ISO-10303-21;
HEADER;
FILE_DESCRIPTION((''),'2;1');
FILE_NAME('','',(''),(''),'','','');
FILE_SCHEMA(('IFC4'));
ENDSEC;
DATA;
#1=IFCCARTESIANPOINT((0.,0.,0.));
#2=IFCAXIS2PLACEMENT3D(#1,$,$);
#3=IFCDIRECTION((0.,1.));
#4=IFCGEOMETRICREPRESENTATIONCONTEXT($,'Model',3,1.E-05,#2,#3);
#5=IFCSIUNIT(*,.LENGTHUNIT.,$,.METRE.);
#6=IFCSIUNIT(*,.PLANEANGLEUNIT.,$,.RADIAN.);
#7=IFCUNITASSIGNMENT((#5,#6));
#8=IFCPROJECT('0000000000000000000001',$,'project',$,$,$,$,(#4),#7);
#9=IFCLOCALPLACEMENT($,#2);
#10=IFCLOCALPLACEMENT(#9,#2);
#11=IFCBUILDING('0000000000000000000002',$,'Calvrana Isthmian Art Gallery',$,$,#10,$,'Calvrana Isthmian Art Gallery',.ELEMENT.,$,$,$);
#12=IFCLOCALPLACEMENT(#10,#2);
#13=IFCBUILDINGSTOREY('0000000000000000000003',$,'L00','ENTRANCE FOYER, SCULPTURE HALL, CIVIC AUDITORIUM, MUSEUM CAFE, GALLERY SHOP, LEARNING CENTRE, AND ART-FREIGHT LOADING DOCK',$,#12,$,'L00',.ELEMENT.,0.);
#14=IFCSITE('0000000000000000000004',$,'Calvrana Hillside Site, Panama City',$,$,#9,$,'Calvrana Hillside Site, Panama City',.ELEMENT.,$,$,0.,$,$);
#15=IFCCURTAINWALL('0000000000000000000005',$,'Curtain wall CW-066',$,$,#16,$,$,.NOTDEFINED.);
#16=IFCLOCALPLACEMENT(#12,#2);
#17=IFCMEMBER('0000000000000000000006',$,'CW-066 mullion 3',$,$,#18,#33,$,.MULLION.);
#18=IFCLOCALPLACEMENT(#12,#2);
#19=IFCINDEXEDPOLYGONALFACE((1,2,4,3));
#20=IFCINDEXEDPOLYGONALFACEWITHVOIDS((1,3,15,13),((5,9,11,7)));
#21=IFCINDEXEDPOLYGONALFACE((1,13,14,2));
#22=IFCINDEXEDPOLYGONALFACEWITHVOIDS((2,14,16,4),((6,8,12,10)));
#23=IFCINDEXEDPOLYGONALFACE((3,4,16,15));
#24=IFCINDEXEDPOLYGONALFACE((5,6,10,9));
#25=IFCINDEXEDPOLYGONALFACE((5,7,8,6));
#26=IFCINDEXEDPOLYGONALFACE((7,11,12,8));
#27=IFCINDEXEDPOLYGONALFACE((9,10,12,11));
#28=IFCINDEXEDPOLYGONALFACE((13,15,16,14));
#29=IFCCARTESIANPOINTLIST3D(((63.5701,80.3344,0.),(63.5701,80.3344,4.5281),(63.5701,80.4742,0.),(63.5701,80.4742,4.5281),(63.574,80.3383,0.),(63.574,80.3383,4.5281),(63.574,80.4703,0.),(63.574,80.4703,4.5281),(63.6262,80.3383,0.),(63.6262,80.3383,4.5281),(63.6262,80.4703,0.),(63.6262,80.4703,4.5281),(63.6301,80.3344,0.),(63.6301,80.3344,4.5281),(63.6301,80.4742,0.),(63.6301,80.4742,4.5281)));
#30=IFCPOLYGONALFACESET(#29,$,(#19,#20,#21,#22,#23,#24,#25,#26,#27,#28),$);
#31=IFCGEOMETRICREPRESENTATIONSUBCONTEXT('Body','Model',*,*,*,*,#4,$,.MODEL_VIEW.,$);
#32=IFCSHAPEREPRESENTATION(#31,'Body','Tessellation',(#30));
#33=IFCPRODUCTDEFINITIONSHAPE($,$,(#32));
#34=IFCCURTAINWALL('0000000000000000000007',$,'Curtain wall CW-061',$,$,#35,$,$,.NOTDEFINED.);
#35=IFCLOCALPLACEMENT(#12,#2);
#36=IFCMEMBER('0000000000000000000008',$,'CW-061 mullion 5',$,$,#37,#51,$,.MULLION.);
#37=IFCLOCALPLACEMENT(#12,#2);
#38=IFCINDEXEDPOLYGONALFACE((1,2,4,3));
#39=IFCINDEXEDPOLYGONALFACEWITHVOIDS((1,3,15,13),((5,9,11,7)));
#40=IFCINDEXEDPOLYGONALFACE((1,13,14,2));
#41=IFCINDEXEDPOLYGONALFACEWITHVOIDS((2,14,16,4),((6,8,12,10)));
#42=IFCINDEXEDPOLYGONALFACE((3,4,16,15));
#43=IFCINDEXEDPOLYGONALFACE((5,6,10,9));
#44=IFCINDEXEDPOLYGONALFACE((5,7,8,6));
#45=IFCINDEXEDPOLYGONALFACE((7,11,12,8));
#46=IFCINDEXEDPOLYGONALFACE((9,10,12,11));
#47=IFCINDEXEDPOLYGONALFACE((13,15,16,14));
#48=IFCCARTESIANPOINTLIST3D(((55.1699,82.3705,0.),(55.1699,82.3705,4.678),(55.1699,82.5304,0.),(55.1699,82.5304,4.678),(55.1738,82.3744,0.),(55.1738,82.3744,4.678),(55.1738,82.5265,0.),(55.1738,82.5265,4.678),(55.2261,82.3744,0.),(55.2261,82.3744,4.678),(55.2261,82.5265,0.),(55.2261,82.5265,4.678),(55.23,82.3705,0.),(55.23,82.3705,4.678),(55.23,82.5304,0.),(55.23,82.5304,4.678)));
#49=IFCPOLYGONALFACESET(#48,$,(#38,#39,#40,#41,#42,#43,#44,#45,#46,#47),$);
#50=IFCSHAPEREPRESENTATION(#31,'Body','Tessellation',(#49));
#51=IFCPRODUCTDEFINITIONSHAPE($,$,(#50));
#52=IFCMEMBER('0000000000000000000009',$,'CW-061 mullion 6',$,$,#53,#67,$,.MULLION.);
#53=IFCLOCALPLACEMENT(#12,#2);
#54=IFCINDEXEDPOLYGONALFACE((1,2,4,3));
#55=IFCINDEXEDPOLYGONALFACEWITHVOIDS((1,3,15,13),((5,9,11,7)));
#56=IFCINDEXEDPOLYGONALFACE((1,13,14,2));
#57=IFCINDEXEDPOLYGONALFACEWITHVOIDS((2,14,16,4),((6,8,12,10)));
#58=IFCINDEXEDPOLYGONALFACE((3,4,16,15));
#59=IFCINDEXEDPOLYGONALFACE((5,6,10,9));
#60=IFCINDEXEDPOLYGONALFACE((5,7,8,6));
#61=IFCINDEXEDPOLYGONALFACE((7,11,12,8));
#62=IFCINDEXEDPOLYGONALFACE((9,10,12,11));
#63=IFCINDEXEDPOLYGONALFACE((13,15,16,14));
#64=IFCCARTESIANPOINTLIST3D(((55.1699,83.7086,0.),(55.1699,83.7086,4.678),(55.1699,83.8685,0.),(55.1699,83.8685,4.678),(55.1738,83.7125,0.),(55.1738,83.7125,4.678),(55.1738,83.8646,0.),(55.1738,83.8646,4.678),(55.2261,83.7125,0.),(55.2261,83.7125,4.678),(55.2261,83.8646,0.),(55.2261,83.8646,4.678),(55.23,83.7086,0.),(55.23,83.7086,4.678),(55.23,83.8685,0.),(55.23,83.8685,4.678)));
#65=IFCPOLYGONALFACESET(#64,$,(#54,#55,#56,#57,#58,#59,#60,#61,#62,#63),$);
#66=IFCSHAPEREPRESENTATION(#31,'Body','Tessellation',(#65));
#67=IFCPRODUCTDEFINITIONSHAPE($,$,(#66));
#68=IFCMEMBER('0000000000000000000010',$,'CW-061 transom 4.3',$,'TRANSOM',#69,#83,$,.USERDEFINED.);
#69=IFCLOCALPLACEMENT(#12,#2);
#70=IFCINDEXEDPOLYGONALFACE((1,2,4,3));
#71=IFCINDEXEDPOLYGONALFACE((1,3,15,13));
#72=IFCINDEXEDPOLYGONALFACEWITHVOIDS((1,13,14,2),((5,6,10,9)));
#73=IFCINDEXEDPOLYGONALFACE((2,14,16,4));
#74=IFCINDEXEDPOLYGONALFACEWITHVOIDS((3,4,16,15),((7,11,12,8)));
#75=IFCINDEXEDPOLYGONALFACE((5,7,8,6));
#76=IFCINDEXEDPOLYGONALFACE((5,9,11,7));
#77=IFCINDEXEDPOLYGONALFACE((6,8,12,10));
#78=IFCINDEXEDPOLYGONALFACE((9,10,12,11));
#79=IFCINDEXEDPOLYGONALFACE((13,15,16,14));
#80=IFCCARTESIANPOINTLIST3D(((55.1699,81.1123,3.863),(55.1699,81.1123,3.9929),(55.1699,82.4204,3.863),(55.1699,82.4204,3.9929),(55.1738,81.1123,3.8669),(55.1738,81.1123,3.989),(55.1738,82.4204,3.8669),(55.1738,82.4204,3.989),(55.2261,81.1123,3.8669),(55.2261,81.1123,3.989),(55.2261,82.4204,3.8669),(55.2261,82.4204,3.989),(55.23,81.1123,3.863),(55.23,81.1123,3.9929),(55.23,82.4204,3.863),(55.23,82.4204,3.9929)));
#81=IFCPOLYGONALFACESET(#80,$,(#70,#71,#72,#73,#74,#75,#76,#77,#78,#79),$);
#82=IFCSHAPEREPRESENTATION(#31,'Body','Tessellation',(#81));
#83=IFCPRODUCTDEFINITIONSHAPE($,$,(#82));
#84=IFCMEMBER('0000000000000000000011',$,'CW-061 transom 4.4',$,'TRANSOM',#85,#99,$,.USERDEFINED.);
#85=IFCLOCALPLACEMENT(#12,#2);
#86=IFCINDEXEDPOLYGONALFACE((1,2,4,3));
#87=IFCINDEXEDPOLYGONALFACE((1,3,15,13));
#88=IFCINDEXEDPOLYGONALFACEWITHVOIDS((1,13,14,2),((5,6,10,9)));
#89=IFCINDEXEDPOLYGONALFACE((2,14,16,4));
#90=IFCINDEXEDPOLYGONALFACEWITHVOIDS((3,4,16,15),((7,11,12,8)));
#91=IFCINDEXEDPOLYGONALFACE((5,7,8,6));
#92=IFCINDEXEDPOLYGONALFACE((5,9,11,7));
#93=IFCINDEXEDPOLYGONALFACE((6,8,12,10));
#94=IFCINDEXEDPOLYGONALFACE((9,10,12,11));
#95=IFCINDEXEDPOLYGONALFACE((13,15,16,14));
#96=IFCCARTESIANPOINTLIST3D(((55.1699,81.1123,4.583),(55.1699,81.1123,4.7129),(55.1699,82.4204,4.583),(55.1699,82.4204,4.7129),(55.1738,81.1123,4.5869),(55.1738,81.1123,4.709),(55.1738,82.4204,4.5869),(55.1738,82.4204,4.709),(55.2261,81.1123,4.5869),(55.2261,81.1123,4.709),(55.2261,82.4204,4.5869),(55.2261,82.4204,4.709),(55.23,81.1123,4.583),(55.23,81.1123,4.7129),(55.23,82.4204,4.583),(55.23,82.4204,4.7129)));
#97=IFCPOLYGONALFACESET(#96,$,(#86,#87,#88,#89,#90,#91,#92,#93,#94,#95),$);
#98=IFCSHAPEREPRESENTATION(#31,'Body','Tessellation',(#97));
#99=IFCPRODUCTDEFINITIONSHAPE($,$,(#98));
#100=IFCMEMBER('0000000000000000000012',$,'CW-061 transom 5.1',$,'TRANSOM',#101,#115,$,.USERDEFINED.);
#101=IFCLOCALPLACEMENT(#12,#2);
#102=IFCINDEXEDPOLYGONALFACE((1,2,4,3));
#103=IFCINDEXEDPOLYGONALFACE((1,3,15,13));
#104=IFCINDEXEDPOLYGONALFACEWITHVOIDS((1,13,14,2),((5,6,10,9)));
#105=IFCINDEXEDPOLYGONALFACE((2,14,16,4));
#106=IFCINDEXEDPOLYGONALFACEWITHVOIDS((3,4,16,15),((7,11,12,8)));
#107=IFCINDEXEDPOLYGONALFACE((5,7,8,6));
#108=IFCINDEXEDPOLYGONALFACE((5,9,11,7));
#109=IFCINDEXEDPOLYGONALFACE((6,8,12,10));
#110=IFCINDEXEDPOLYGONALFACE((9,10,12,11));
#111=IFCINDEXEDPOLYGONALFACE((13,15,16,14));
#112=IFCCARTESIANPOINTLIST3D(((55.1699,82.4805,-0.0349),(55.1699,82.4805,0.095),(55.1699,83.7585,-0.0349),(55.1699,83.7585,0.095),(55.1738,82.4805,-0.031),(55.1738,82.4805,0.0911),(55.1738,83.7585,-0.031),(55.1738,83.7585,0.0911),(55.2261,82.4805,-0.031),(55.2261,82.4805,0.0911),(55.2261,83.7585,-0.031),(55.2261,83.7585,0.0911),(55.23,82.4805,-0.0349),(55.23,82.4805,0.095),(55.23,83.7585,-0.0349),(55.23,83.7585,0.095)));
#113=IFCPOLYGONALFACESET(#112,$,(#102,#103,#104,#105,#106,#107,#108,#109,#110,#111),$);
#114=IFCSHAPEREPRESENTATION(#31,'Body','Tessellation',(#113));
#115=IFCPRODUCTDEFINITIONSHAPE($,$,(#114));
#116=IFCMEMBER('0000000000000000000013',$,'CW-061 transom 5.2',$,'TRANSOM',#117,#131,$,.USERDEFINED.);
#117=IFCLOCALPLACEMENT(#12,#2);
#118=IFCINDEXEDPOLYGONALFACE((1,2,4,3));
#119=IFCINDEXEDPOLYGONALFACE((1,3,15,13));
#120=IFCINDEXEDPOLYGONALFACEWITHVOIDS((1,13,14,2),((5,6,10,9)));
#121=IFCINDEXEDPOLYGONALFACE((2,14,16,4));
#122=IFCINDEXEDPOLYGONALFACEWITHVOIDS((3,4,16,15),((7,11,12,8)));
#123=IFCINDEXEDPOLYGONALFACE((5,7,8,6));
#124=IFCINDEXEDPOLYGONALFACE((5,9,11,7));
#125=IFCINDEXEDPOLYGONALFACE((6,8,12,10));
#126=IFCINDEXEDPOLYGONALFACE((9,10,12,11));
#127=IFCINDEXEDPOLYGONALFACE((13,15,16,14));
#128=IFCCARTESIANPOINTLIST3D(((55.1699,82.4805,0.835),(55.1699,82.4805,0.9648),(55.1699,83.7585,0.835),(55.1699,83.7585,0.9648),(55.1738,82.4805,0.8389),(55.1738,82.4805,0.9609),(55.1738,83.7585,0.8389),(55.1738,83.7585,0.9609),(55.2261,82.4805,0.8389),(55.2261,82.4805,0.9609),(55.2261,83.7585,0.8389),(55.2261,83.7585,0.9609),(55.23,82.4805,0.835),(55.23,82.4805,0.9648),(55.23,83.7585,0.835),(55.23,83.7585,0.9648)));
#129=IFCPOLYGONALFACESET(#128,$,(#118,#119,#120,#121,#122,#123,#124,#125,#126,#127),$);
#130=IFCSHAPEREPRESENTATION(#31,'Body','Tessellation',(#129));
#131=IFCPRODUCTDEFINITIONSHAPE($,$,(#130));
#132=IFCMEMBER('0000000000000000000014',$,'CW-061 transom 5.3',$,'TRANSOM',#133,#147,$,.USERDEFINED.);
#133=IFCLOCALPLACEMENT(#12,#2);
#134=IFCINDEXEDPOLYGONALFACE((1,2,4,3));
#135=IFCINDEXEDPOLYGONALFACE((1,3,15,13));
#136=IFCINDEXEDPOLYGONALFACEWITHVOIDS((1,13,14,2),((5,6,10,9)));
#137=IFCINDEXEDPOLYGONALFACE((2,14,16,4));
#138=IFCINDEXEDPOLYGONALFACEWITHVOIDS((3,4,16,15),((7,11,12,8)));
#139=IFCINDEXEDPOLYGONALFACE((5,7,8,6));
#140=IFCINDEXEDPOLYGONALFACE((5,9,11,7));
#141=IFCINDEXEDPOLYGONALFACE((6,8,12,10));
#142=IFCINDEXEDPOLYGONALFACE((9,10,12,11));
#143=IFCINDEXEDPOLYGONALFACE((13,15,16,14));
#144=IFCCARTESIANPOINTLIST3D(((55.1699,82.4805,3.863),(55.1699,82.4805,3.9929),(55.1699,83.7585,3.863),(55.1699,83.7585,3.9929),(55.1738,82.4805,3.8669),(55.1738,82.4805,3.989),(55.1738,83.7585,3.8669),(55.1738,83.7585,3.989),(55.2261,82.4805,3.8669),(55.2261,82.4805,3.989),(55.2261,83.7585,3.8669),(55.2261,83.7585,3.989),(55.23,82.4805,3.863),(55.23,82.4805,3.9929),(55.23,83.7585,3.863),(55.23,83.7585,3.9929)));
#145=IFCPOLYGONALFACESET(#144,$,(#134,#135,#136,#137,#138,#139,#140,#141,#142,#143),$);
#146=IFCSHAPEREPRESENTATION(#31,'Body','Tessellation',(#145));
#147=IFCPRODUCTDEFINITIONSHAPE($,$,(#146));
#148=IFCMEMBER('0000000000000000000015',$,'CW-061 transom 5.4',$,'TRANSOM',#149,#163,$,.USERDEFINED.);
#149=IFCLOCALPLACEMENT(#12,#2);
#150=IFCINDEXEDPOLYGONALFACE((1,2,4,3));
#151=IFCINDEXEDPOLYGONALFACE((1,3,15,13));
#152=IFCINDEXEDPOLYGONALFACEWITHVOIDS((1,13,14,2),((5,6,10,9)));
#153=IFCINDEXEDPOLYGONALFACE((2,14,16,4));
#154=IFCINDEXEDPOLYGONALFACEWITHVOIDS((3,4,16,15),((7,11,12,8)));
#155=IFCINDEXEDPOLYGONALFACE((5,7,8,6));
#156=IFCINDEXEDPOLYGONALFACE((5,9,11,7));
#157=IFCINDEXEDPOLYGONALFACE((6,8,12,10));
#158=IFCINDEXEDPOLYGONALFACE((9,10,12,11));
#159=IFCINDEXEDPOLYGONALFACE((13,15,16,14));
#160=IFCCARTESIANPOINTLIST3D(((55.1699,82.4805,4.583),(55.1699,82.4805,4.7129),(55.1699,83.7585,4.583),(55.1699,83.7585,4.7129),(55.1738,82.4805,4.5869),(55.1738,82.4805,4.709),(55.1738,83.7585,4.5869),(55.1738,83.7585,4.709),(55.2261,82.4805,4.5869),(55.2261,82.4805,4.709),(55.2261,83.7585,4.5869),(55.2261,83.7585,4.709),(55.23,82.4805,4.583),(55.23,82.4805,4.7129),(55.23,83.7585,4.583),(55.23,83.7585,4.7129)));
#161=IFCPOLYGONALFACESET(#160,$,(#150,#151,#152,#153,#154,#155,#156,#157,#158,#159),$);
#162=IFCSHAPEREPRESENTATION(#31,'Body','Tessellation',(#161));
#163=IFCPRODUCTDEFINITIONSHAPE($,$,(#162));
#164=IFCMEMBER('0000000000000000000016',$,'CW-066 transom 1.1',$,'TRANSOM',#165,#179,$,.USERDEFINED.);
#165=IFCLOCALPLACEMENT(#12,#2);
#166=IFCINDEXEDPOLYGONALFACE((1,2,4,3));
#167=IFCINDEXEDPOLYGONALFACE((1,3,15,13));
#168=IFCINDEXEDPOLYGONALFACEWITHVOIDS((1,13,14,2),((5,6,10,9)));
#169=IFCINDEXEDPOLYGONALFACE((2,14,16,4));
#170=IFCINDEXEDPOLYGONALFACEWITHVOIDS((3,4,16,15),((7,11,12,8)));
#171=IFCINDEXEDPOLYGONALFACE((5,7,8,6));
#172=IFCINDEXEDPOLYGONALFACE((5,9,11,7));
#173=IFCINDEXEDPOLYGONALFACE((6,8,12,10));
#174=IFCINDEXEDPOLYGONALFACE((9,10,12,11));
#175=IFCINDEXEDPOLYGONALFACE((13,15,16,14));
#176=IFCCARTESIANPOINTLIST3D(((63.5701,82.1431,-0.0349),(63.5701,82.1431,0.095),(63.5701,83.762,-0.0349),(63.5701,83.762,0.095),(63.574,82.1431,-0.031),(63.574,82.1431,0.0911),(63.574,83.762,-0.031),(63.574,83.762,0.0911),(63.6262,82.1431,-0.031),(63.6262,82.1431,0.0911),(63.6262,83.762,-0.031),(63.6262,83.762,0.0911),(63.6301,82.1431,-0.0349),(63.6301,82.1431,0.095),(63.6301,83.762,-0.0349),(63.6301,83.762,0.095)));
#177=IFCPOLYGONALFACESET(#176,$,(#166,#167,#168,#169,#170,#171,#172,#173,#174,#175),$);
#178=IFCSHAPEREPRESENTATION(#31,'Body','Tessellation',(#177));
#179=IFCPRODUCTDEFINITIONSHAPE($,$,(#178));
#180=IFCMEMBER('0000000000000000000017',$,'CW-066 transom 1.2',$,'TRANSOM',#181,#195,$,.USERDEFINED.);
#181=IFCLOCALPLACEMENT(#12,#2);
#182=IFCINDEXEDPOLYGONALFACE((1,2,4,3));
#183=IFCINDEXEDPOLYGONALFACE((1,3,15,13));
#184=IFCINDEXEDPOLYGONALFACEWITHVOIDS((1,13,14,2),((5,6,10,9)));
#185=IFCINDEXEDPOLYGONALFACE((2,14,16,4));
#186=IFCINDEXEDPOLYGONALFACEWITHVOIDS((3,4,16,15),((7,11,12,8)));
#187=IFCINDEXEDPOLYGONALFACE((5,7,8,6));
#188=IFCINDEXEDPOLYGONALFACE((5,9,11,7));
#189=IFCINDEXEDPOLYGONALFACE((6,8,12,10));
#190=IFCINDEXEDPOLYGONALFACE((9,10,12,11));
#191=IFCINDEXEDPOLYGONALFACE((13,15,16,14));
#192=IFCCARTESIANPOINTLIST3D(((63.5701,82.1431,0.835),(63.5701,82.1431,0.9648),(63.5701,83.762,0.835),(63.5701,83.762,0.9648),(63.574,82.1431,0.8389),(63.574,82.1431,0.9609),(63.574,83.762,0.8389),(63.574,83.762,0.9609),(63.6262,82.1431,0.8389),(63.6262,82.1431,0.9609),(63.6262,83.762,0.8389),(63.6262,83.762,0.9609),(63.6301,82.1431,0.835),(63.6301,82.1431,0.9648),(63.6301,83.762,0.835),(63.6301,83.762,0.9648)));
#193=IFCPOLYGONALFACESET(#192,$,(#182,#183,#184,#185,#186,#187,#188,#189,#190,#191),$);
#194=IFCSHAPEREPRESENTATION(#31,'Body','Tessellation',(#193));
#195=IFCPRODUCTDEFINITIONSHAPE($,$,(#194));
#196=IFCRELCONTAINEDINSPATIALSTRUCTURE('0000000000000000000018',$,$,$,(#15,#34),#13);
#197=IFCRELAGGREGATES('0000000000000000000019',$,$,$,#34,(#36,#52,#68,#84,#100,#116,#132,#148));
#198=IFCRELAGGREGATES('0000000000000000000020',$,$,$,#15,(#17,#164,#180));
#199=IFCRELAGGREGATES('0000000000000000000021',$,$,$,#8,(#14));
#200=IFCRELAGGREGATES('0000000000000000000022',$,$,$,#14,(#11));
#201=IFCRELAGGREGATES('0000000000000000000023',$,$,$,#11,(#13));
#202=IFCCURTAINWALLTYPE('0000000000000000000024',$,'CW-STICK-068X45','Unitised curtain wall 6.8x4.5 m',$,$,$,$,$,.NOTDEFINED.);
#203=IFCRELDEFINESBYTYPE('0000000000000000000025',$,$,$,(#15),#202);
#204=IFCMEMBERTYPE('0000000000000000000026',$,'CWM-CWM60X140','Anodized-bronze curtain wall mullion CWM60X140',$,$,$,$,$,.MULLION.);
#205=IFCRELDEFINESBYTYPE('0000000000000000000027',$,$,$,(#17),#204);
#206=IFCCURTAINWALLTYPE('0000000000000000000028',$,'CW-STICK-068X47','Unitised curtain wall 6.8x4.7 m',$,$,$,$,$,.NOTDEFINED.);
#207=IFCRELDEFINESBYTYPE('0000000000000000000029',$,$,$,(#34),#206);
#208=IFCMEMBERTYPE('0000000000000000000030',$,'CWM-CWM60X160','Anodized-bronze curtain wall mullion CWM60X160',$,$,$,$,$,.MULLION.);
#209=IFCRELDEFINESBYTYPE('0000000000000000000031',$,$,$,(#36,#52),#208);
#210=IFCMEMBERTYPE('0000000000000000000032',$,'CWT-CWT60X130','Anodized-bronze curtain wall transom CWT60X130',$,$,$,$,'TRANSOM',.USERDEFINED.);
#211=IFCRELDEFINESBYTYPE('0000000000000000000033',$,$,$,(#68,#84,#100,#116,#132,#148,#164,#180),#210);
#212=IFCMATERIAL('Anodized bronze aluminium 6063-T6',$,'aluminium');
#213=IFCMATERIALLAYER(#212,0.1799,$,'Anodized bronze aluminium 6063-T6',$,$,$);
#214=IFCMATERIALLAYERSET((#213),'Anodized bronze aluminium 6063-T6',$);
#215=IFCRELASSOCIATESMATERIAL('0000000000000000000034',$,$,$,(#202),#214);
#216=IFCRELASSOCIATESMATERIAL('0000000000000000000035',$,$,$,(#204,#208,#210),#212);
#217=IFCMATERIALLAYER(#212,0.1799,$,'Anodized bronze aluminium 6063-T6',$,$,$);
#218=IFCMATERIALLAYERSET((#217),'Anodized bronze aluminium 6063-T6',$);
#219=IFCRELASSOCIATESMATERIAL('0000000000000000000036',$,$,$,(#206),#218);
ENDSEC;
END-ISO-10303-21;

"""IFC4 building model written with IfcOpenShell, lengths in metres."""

from ifc_helpers import new_model, si_unit, direction, frame, origin, origin_2d, place, context, subcontext, project, spatial, hollow_rectangle, extrude, material, layer, layer_set, material_profile, profile_set, type_object, element, aggregate, save


model = new_model("IFC4")

# Units and contexts
model_context = context("Model", 3, precision=1e-05, world=origin(), true_north=direction((0.0, 1.0)))
body_context = subcontext(model_context, "Body", "Model", "MODEL_VIEW")
ifc_project = project(units=[si_unit("LENGTHUNIT", "METRE"), si_unit("PLANEANGLEUNIT", "RADIAN")], contexts=[model_context])

# Site, building, storey
site_placement = place(None, origin())
site = spatial("IfcSite", under=ifc_project, at=site_placement, Name="Calvrana Hillside Site, Panama City", LongName="Calvrana Hillside Site, Panama City", CompositionType="ELEMENT", RefElevation=0.0)
building_placement = place(site_placement, origin())
building = spatial("IfcBuilding", under=site, at=building_placement, Name="Calvrana Isthmian Art Gallery", LongName="Calvrana Isthmian Art Gallery", CompositionType="ELEMENT")
storey_placement = place(building_placement, origin())
storey = spatial("IfcBuildingStorey", under=building, at=storey_placement, Name="L00", Description="ENTRANCE FOYER, SCULPTURE HALL, CIVIC AUDITORIUM, MUSEUM CAFE, GALLERY SHOP, LEARNING CENTRE, AND ART-FREIGHT LOADING DOCK", LongName="L00", CompositionType="ELEMENT", Elevation=0.0)

# Curtain walls, members
ifc_material_1 = material(Name="Anodized bronze aluminium 6063-T6", Category="aluminium")
ifc_layer_1 = layer(ifc_material_1, 0.1799, Name="Anodized bronze aluminium 6063-T6")
ifc_layer_set_1 = layer_set([ifc_layer_1], Name="Anodized bronze aluminium 6063-T6")
curtain_wall_type_1 = type_object("IfcCurtainWallType", Name="CW-STICK-068X45", Description="Unitised curtain wall 6.8x4.5 m", PredefinedType="NOTDEFINED", material=ifc_layer_set_1)
curtain_wall_1_placement = place(storey_placement, origin())
curtain_wall_1 = element("IfcCurtainWall", 1, at=curtain_wall_1_placement, inside=storey, type_object=curtain_wall_type_1, Name="Curtain wall CW-066", PredefinedType="NOTDEFINED")
ifc_material_profile_1 = material_profile(ifc_material_1, hollow_rectangle(XDim=0.0601, YDim=0.1399, WallThickness=0.0039, at=origin_2d()), Name="CWM60X140")
ifc_profile_set_1 = profile_set([ifc_material_profile_1], Name="Anodized bronze aluminium 6063-T6")
member_type_1 = type_object("IfcMemberType", Name="CWM-CWM60X140", Description="Anodized-bronze curtain wall mullion CWM60X140", PredefinedType="MULLION", material=ifc_profile_set_1)
member_1_placement = place(storey_placement, frame((63.6001, 80.4043, 0.0), z_axis=(0.0, 0.0, 1.0), x_axis=(1.0, 0.0, 0.0)))
member_1 = element("IfcMember", 2, at=member_1_placement, type_object=member_type_1, Name="CW-066 mullion 3", PredefinedType="MULLION", context=body_context, shape_type="SweptSolid", body=[
    extrude(hollow_rectangle(XDim=0.0601, YDim=0.1399, WallThickness=0.0039, at=origin_2d()), origin(), (0.0, 0.0, 1.0), 4.5281),
])
ifc_layer_2 = layer(ifc_material_1, 0.1799, Name="Anodized bronze aluminium 6063-T6")
ifc_layer_set_2 = layer_set([ifc_layer_2], Name="Anodized bronze aluminium 6063-T6")
curtain_wall_type_2 = type_object("IfcCurtainWallType", Name="CW-STICK-068X47", Description="Unitised curtain wall 6.8x4.7 m", PredefinedType="NOTDEFINED", material=ifc_layer_set_2)
curtain_wall_2_placement = place(storey_placement, origin())
curtain_wall_2 = element("IfcCurtainWall", 3, at=curtain_wall_2_placement, inside=storey, type_object=curtain_wall_type_2, Name="Curtain wall CW-061", PredefinedType="NOTDEFINED")
ifc_material_profile_2 = material_profile(ifc_material_1, hollow_rectangle(XDim=0.0601, YDim=0.1599, WallThickness=0.0039, at=origin_2d()), Name="CWM60X160")
ifc_profile_set_2 = profile_set([ifc_material_profile_2], Name="Anodized bronze aluminium 6063-T6")
member_type_2 = type_object("IfcMemberType", Name="CWM-CWM60X160", Description="Anodized-bronze curtain wall mullion CWM60X160", PredefinedType="MULLION", material=ifc_profile_set_2)
member_2_placement = place(storey_placement, frame((55.2, 82.4504, 0.0), z_axis=(0.0, 0.0, 1.0), x_axis=(-1.0, 0.0, 0.0)))
member_2 = element("IfcMember", 4, at=member_2_placement, type_object=member_type_2, Name="CW-061 mullion 5", PredefinedType="MULLION", context=body_context, shape_type="SweptSolid", body=[
    extrude(hollow_rectangle(XDim=0.0601, YDim=0.1599, WallThickness=0.0039, at=origin_2d()), origin(), (0.0, 0.0, 1.0), 4.678),
])
member_3_placement = place(storey_placement, frame((55.2, 83.7886, 0.0), z_axis=(0.0, 0.0, 1.0), x_axis=(-1.0, 0.0, 0.0)))
member_3 = element("IfcMember", 5, at=member_3_placement, type_object=member_type_2, Name="CW-061 mullion 6", PredefinedType="MULLION", context=body_context, shape_type="SweptSolid", body=[
    extrude(hollow_rectangle(XDim=0.0601, YDim=0.1599, WallThickness=0.0039, at=origin_2d()), origin(), (0.0, 0.0, 1.0), 4.678),
])
ifc_material_profile_3 = material_profile(ifc_material_1, hollow_rectangle(XDim=0.0601, YDim=0.1299, WallThickness=0.0039, at=origin_2d()), Name="CWT60X130")
ifc_profile_set_3 = profile_set([ifc_material_profile_3], Name="Anodized bronze aluminium 6063-T6")
member_type_3 = type_object("IfcMemberType", Name="CWT-CWT60X130", Description="Anodized-bronze curtain wall transom CWT60X130", ElementType="TRANSOM", PredefinedType="USERDEFINED", material=ifc_profile_set_3)
member_4_placement = place(storey_placement, frame((55.2, 81.1123, 3.928), z_axis=(0.0, 1.0, 0.0), x_axis=(-1.0, 0.0, 0.0)))
member_4 = element("IfcMember", 6, at=member_4_placement, type_object=member_type_3, Name="CW-061 transom 4.3", ObjectType="TRANSOM", PredefinedType="USERDEFINED", context=body_context, shape_type="SweptSolid", body=[
    extrude(hollow_rectangle(XDim=0.0601, YDim=0.1299, WallThickness=0.0039, at=origin_2d()), origin(), (0.0, 0.0, 1.0), 1.3081),
])
member_5_placement = place(storey_placement, frame((55.2, 81.1123, 4.6479), z_axis=(0.0, 1.0, 0.0), x_axis=(-1.0, 0.0, 0.0)))
member_5 = element("IfcMember", 7, at=member_5_placement, type_object=member_type_3, Name="CW-061 transom 4.4", ObjectType="TRANSOM", PredefinedType="USERDEFINED", context=body_context, shape_type="SweptSolid", body=[
    extrude(hollow_rectangle(XDim=0.0601, YDim=0.1299, WallThickness=0.0039, at=origin_2d()), origin(), (0.0, 0.0, 1.0), 1.3081),
])
member_6_placement = place(storey_placement, frame((55.2, 82.4805, 0.03), z_axis=(0.0, 1.0, 0.0), x_axis=(-1.0, 0.0, 0.0)))
member_6 = element("IfcMember", 8, at=member_6_placement, type_object=member_type_3, Name="CW-061 transom 5.1", ObjectType="TRANSOM", PredefinedType="USERDEFINED", context=body_context, shape_type="SweptSolid", body=[
    extrude(hollow_rectangle(XDim=0.0601, YDim=0.1299, WallThickness=0.0039, at=origin_2d()), origin(), (0.0, 0.0, 1.0), 1.2781),
])
member_7_placement = place(storey_placement, frame((55.2, 82.4805, 0.8999), z_axis=(0.0, 1.0, 0.0), x_axis=(-1.0, 0.0, 0.0)))
member_7 = element("IfcMember", 9, at=member_7_placement, type_object=member_type_3, Name="CW-061 transom 5.2", ObjectType="TRANSOM", PredefinedType="USERDEFINED", context=body_context, shape_type="SweptSolid", body=[
    extrude(hollow_rectangle(XDim=0.0601, YDim=0.1299, WallThickness=0.0039, at=origin_2d()), origin(), (0.0, 0.0, 1.0), 1.2781),
])
member_8_placement = place(storey_placement, frame((55.2, 82.4805, 3.928), z_axis=(0.0, 1.0, 0.0), x_axis=(-1.0, 0.0, 0.0)))
member_8 = element("IfcMember", 10, at=member_8_placement, type_object=member_type_3, Name="CW-061 transom 5.3", ObjectType="TRANSOM", PredefinedType="USERDEFINED", context=body_context, shape_type="SweptSolid", body=[
    extrude(hollow_rectangle(XDim=0.0601, YDim=0.1299, WallThickness=0.0039, at=origin_2d()), origin(), (0.0, 0.0, 1.0), 1.2781),
])
member_9_placement = place(storey_placement, frame((55.2, 82.4805, 4.6479), z_axis=(0.0, 1.0, 0.0), x_axis=(-1.0, 0.0, 0.0)))
member_9 = element("IfcMember", 11, at=member_9_placement, type_object=member_type_3, Name="CW-061 transom 5.4", ObjectType="TRANSOM", PredefinedType="USERDEFINED", context=body_context, shape_type="SweptSolid", body=[
    extrude(hollow_rectangle(XDim=0.0601, YDim=0.1299, WallThickness=0.0039, at=origin_2d()), origin(), (0.0, 0.0, 1.0), 1.2781),
])

# Members
member_10_placement = place(storey_placement, frame((63.6001, 83.762, 0.03), z_axis=(0.0, -1.0, 0.0), x_axis=(1.0, 0.0, 0.0)))
member_10 = element("IfcMember", 12, at=member_10_placement, type_object=member_type_3, Name="CW-066 transom 1.1", ObjectType="TRANSOM", PredefinedType="USERDEFINED", context=body_context, shape_type="SweptSolid", body=[
    extrude(hollow_rectangle(XDim=0.0601, YDim=0.1299, WallThickness=0.0039, at=origin_2d()), origin(), (0.0, 0.0, 1.0), 1.6189),
])
member_11_placement = place(storey_placement, frame((63.6001, 83.762, 0.8999), z_axis=(0.0, -1.0, 0.0), x_axis=(1.0, 0.0, 0.0)))
member_11 = element("IfcMember", 13, at=member_11_placement, type_object=member_type_3, Name="CW-066 transom 1.2", ObjectType="TRANSOM", PredefinedType="USERDEFINED", context=body_context, shape_type="SweptSolid", body=[
    extrude(hollow_rectangle(XDim=0.0601, YDim=0.1299, WallThickness=0.0039, at=origin_2d()), origin(), (0.0, 0.0, 1.0), 1.6189),
])

aggregate(curtain_wall_2, [member_2, member_3, member_4, member_5, member_6, member_7, member_8, member_9])
aggregate(curtain_wall_1, [member_1, member_10, member_11])

save(model, "model.ifc")
